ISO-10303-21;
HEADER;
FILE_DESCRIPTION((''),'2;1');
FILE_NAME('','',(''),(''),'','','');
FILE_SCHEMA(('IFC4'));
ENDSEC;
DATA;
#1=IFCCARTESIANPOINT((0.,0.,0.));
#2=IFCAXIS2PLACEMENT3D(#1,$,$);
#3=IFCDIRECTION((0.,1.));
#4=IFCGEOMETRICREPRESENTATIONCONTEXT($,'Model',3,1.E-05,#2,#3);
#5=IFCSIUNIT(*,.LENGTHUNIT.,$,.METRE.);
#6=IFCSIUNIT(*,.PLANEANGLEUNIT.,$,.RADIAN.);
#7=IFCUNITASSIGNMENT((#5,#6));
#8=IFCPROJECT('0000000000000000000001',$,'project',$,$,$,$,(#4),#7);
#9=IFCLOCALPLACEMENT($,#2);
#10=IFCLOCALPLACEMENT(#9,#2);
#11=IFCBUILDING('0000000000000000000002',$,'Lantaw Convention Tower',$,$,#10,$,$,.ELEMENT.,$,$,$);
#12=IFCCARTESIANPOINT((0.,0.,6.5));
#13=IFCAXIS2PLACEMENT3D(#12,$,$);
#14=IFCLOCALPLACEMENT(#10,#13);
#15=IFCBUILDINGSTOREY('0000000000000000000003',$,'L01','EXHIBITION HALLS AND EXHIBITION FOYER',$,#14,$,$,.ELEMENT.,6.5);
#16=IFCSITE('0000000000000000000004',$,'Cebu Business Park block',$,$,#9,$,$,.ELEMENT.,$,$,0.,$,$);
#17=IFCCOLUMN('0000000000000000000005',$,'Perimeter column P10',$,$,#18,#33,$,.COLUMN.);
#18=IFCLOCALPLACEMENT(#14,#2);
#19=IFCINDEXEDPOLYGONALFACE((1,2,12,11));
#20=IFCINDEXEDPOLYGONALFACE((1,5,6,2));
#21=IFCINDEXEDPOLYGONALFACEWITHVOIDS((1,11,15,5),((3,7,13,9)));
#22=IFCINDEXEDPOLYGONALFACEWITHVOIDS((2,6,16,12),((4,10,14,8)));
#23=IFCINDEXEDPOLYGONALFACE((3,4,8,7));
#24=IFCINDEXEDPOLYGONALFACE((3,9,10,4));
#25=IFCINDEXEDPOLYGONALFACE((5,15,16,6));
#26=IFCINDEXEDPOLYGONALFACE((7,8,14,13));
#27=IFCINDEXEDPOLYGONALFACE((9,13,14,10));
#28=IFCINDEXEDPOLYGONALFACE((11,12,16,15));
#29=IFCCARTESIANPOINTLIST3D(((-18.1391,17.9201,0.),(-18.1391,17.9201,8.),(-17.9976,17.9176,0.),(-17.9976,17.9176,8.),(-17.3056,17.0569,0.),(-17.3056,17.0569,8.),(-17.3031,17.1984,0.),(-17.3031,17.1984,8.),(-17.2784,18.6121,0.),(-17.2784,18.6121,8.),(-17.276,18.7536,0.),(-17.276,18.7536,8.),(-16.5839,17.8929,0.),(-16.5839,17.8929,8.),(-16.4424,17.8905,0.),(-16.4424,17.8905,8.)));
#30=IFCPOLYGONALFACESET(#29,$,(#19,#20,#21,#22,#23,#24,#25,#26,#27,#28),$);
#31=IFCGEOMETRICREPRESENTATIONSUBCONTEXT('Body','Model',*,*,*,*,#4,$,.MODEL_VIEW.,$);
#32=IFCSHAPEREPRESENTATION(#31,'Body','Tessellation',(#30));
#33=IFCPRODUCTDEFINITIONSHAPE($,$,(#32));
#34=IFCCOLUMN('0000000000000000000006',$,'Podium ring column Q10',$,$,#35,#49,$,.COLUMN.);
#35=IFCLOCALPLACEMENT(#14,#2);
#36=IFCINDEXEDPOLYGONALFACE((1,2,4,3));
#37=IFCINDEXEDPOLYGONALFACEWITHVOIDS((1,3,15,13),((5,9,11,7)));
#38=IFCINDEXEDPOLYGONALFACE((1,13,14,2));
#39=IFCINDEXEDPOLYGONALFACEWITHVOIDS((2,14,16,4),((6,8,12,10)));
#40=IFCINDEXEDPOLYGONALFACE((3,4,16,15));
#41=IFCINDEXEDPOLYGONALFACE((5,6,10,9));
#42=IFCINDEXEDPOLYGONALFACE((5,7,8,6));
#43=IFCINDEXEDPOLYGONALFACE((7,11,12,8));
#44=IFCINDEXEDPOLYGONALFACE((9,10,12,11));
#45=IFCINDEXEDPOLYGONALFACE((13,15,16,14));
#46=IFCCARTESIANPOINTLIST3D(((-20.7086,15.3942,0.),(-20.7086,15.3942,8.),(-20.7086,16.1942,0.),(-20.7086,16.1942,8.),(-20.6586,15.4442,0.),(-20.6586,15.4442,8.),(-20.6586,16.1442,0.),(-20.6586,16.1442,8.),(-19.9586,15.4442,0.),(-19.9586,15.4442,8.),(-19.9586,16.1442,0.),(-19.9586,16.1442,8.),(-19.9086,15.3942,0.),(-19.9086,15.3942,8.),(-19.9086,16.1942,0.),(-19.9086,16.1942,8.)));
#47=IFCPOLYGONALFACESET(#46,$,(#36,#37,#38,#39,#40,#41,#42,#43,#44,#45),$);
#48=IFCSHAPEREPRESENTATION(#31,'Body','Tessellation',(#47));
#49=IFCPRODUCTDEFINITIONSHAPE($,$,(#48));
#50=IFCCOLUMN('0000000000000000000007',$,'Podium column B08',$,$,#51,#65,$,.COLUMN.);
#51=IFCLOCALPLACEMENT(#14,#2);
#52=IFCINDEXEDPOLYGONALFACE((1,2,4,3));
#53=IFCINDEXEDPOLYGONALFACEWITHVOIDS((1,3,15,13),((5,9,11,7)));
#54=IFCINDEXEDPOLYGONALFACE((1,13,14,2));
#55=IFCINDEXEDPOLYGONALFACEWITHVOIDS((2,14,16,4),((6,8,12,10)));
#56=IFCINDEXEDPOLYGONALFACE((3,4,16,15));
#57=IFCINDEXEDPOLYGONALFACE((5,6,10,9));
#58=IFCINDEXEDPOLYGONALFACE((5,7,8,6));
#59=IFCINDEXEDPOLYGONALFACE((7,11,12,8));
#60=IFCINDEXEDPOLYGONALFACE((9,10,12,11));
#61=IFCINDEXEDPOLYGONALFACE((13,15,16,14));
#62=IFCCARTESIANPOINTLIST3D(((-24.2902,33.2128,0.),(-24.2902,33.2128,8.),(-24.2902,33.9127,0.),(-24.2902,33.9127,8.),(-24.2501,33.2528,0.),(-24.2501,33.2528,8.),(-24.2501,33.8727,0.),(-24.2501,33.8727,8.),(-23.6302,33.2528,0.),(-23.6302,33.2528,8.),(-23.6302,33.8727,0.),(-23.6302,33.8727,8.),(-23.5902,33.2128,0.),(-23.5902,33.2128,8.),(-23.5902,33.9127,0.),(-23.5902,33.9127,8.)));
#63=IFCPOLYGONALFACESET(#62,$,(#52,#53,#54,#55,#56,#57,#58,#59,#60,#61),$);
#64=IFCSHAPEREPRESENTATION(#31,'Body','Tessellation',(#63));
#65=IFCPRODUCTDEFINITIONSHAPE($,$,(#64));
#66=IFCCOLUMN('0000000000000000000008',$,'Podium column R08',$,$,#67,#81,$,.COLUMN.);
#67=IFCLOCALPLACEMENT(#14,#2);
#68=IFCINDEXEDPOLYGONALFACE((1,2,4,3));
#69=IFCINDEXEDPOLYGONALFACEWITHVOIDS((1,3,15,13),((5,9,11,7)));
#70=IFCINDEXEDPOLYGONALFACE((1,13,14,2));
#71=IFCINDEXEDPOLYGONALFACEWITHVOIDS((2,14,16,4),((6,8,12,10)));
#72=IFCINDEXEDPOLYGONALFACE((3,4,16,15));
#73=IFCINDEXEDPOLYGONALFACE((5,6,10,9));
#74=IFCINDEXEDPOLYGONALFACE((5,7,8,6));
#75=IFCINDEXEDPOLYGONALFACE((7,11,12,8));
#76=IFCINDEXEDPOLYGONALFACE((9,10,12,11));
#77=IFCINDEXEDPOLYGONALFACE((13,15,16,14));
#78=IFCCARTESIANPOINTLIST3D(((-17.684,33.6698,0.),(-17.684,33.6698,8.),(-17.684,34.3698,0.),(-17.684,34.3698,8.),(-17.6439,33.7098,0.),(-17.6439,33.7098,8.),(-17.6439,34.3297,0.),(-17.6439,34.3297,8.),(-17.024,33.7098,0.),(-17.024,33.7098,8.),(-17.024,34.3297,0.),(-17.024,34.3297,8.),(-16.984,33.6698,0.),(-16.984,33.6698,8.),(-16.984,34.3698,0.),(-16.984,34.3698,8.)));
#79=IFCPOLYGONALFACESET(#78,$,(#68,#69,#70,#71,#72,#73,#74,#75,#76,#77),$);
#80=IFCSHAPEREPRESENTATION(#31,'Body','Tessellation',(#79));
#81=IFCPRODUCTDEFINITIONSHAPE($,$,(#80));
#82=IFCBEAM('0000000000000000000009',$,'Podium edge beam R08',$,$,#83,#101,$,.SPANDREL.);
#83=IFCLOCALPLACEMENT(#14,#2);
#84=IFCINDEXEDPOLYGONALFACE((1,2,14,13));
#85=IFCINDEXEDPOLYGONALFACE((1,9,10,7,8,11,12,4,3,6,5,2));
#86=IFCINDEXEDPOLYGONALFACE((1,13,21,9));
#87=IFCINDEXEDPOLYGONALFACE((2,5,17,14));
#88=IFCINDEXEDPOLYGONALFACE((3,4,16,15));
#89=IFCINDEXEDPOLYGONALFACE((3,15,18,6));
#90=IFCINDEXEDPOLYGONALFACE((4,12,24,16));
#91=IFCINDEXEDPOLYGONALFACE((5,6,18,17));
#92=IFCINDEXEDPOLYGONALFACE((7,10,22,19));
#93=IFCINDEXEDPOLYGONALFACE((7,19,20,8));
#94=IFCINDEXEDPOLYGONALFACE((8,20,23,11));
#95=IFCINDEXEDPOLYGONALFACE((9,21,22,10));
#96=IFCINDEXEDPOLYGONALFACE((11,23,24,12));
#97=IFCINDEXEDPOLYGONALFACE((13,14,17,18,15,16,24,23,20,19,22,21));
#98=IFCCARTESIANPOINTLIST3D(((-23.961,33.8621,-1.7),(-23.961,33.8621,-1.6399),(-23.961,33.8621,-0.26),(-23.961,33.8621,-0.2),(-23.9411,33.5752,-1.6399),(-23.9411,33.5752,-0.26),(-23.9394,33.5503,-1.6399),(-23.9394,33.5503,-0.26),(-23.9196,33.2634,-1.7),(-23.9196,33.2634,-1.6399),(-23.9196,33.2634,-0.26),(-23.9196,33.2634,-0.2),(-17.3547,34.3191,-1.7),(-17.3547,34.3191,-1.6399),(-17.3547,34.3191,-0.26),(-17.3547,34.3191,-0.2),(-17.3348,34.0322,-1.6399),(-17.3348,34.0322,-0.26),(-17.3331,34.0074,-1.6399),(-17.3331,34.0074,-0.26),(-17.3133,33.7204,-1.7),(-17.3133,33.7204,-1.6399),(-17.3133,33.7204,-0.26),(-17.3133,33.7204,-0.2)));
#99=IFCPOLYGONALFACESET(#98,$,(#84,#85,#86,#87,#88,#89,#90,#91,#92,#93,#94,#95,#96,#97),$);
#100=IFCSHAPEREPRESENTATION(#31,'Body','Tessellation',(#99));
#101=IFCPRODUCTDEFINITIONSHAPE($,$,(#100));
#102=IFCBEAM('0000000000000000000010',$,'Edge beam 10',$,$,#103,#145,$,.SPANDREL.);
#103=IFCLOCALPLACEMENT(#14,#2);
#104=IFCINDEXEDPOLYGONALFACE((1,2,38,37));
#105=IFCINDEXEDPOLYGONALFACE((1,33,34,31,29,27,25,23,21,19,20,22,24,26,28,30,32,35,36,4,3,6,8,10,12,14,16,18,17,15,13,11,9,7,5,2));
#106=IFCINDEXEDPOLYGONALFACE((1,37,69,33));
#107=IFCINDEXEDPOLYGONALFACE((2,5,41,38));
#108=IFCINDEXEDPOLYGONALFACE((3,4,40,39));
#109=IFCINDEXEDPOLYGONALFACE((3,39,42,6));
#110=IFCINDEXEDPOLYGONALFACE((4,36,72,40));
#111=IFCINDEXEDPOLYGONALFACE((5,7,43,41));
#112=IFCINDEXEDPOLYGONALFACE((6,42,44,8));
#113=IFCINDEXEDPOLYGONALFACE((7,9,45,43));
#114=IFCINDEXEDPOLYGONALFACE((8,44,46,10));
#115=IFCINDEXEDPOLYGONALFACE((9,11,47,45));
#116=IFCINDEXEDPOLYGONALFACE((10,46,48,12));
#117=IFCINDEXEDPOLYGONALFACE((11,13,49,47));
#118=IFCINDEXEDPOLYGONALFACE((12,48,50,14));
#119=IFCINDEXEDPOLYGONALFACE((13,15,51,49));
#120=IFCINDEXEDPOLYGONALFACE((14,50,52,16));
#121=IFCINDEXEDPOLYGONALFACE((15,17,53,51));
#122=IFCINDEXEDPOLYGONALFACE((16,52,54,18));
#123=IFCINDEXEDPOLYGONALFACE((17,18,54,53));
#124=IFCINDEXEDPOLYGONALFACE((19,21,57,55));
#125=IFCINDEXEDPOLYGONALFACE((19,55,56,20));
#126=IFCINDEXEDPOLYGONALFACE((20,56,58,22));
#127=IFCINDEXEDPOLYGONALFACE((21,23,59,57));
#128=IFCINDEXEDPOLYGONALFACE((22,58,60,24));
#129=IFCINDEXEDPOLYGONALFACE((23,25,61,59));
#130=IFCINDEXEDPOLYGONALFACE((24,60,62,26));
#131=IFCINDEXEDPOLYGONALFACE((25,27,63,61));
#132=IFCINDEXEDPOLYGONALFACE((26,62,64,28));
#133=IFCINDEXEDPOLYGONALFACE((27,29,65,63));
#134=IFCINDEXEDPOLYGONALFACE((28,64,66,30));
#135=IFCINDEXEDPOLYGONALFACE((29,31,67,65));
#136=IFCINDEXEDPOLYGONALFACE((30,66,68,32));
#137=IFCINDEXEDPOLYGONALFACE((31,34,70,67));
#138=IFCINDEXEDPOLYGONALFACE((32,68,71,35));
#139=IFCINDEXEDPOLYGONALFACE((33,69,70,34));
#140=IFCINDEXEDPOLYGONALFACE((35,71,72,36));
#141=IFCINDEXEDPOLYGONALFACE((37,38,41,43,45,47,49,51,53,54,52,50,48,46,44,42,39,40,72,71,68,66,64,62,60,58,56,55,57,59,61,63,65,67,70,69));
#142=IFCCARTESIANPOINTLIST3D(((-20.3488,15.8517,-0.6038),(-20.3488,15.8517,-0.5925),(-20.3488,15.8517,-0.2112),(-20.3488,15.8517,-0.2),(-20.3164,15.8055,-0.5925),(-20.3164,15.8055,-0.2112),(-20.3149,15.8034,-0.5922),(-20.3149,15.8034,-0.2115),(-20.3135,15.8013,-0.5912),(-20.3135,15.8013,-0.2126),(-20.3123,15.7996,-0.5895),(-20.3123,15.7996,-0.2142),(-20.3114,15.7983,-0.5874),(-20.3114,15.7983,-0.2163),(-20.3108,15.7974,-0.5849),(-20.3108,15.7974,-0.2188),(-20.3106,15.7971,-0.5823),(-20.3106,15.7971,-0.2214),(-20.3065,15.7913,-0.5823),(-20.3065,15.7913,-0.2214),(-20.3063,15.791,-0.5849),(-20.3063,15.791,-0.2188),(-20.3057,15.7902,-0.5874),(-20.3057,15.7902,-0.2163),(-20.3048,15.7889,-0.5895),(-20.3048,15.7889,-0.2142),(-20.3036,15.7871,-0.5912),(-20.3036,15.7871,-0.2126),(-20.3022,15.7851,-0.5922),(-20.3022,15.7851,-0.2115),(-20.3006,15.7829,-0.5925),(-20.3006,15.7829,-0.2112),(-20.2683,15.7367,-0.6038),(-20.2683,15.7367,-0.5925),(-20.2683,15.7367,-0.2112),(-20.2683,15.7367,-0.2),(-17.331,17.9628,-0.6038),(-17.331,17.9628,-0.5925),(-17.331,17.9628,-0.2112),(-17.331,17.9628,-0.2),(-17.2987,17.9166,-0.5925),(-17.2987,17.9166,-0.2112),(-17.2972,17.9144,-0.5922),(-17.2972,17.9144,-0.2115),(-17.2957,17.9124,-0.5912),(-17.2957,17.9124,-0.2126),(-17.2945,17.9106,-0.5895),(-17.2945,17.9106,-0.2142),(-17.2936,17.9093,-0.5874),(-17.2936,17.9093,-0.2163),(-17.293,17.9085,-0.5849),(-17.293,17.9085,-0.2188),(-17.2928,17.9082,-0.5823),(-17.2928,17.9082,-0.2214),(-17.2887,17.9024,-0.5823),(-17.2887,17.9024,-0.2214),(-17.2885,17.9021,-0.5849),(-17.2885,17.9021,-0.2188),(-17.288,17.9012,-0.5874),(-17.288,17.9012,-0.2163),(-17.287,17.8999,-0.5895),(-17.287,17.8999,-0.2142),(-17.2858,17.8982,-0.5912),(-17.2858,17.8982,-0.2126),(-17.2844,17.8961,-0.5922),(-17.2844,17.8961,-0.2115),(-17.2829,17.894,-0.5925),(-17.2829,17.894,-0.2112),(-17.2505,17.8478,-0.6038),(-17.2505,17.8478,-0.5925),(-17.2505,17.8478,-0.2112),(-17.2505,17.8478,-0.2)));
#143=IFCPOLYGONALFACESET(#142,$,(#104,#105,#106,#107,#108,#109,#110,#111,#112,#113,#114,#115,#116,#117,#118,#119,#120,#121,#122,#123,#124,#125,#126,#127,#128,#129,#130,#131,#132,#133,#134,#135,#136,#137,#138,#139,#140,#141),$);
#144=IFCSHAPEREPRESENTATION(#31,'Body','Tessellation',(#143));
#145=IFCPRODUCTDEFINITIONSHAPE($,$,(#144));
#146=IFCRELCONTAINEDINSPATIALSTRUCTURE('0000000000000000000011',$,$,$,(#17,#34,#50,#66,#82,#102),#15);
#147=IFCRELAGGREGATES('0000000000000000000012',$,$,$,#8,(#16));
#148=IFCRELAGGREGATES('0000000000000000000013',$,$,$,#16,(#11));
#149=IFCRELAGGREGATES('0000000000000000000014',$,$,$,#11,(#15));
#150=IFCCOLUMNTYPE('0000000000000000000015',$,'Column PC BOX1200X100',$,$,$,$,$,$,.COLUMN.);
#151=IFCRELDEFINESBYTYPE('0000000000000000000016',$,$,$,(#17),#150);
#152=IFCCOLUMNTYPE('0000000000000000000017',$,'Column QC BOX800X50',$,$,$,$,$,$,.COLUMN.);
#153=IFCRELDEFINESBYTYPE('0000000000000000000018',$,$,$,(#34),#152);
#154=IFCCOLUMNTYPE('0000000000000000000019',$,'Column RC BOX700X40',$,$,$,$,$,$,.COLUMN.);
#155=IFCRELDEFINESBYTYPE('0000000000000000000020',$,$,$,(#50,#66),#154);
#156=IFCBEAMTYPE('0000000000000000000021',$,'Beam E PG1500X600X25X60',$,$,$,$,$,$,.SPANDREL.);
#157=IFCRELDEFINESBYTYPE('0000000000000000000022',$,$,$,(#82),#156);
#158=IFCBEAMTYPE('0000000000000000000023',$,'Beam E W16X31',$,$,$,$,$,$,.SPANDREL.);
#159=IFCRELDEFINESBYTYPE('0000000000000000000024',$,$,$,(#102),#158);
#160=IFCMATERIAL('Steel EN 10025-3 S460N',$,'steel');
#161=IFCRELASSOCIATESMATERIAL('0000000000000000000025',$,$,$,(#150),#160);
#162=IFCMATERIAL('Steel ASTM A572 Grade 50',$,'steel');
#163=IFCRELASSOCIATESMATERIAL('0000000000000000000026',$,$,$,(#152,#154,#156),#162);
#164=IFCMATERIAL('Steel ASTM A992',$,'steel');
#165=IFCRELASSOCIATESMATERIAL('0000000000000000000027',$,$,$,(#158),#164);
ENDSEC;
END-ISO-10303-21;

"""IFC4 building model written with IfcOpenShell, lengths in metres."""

from ifc_helpers import new_model, si_unit, direction, frame, origin, origin_2d, place, context, subcontext, project, spatial, rectangle, hollow_rectangle, i_section, extrude, material, material_profile, profile_set, type_object, element, save


model = new_model("IFC4")

# Units and contexts
model_context = context("Model", 3, precision=1e-05, world=origin(), true_north=direction((0.0, 1.0)))
body_context = subcontext(model_context, "Body", "Model", "MODEL_VIEW")
ifc_project = project(units=[si_unit("LENGTHUNIT", "METRE"), si_unit("PLANEANGLEUNIT", "RADIAN")], contexts=[model_context])

# Site, building, storey
site_placement = place(None, origin())
site = spatial("IfcSite", under=ifc_project, at=site_placement, Name="Cebu Business Park block", CompositionType="ELEMENT", RefElevation=0.0)
building_placement = place(site_placement, origin())
building = spatial("IfcBuilding", under=site, at=building_placement, Name="Lantaw Convention Tower", CompositionType="ELEMENT")
storey_placement = place(building_placement, frame((0.0, 0.0, 6.5)))
storey = spatial("IfcBuildingStorey", under=building, at=storey_placement, Name="L01", Description="EXHIBITION HALLS AND EXHIBITION FOYER", CompositionType="ELEMENT", Elevation=6.5)

# Columns
ifc_material_1 = material(Name="Steel EN 10025-3 S460N", Category="steel")
ifc_material_profile_1 = material_profile(ifc_material_1, hollow_rectangle(XDim=1.2, YDim=1.2, WallThickness=0.1001, at=origin_2d()), Name="BOX1200X100")
ifc_material_2 = material(Name="Concrete C60/75", Category="concrete")
ifc_material_profile_2 = material_profile(ifc_material_2, rectangle(XDim=1.0, YDim=1.0, at=origin_2d()), Name="Concrete fill of BOX1200X100")
ifc_profile_set_1 = profile_set([ifc_material_profile_1, ifc_material_profile_2], Name="Steel EN 10025-3 S460N")
column_type_1 = type_object("IfcColumnType", Name="Column PC BOX1200X100", PredefinedType="COLUMN", material=ifc_profile_set_1)
column_1_placement = place(storey_placement, frame((-17.2908, 17.9053, 0.0), z_axis=(0.0, 0.0, 1.0), x_axis=(0.71934, 0.694658, 0.0)))
element("IfcColumn", 1, at=column_1_placement, inside=storey, type_object=column_type_1, Name="Perimeter column P10", PredefinedType="COLUMN", context=body_context, shape_type="SweptSolid", body=[
    extrude(hollow_rectangle(XDim=1.2, YDim=1.2, WallThickness=0.1001, at=origin_2d()), origin(), (0.0, 0.0, 1.0), 8.0),
])
ifc_material_3 = material(Name="Steel ASTM A572 Grade 50", Category="steel")
ifc_material_profile_3 = material_profile(ifc_material_3, hollow_rectangle(XDim=0.8, YDim=0.8, WallThickness=0.05, at=origin_2d()), Name="BOX800X50")
ifc_profile_set_2 = profile_set([ifc_material_profile_3], Name="Steel ASTM A572 Grade 50")
column_type_2 = type_object("IfcColumnType", Name="Column QC BOX800X50", PredefinedType="COLUMN", material=ifc_profile_set_2)
column_2_placement = place(storey_placement, frame((-20.3086, 15.7942, 0.0), z_axis=(0.0, 0.0, 1.0), x_axis=(1.0, 0.0, 0.0)))
element("IfcColumn", 2, at=column_2_placement, inside=storey, type_object=column_type_2, Name="Podium ring column Q10", PredefinedType="COLUMN", context=body_context, shape_type="SweptSolid", body=[
    extrude(hollow_rectangle(XDim=0.8, YDim=0.8, WallThickness=0.05, at=origin_2d()), origin(), (0.0, 0.0, 1.0), 8.0),
])
ifc_material_profile_4 = material_profile(ifc_material_3, hollow_rectangle(XDim=0.7, YDim=0.7, WallThickness=0.04, at=origin_2d()), Name="BOX700X40")
ifc_profile_set_3 = profile_set([ifc_material_profile_4], Name="Steel ASTM A572 Grade 50")
column_type_3 = type_object("IfcColumnType", Name="Column RC BOX700X40", PredefinedType="COLUMN", material=ifc_profile_set_3)
for number, where, z_axis, x_axis, name in (
    (3, (-23.9402, 33.5627, 0.0), (0.0, 0.0, 1.0), (1.0, 0.0, 0.0), "Podium column B08"),
    (4, (-17.334, 34.0198, 0.0), (0.0, 0.0, 1.0), (1.0, 0.0, 0.0), "Podium column R08"),
):
    element("IfcColumn", number, at=place(storey_placement, frame(where, z_axis=z_axis, x_axis=x_axis)), inside=storey, type_object=column_type_3, Name=name, PredefinedType="COLUMN", context=body_context, shape_type="SweptSolid", body=[
        extrude(hollow_rectangle(XDim=0.7, YDim=0.7, WallThickness=0.04, at=origin_2d()), origin(), (0.0, 0.0, 1.0), 8.0),
    ])

# Beams
ifc_material_profile_5 = material_profile(ifc_material_3, i_section(OverallWidth=0.6001, OverallDepth=1.5, WebThickness=0.0249, FlangeThickness=0.0601, at=origin_2d()), Name="PG1500X600X25X60")
ifc_profile_set_4 = profile_set([ifc_material_profile_5], Name="Steel ASTM A572 Grade 50")
beam_type_1 = type_object("IfcBeamType", Name="Beam E PG1500X600X25X60", PredefinedType="SPANDREL", material=ifc_profile_set_4)
beam_1_placement = place(storey_placement, frame((-17.334, 34.0198, -0.95), z_axis=(-0.997615, -0.069017, 0.0), x_axis=(0.069017, -0.997615, 0.0)))
element("IfcBeam", 5, at=beam_1_placement, inside=storey, type_object=beam_type_1, Name="Podium edge beam R08", PredefinedType="SPANDREL", context=body_context, shape_type="SweptSolid", body=[
    extrude(i_section(OverallWidth=0.6001, OverallDepth=1.5, WebThickness=0.0249, FlangeThickness=0.0601, at=origin_2d()), origin(), (0.0, 0.0, 1.0), 6.6221),
])
ifc_material_4 = material(Name="Steel ASTM A992", Category="steel")
ifc_material_profile_6 = material_profile(ifc_material_4, i_section(OverallWidth=0.1404, OverallDepth=0.4038, WebThickness=0.0071, FlangeThickness=0.0112, FilletRadius=0.0103, at=origin_2d()), Name="W16X31")
ifc_profile_set_5 = profile_set([ifc_material_profile_6], Name="Steel ASTM A992")
beam_type_2 = type_object("IfcBeamType", Name="Beam E W16X31", PredefinedType="SPANDREL", material=ifc_profile_set_5)
beam_2_placement = place(storey_placement, frame((-17.2908, 17.9053, -0.4019), z_axis=(-0.819409, -0.573209, 0.0), x_axis=(0.573209, -0.819409, 0.0)))
element("IfcBeam", 6, at=beam_2_placement, inside=storey, type_object=beam_type_2, Name="Edge beam 10", PredefinedType="SPANDREL", context=body_context, shape_type="SweptSolid", body=[
    extrude(i_section(OverallWidth=0.1404, OverallDepth=0.4038, WebThickness=0.0071, FlangeThickness=0.0112, FilletRadius=0.0103, at=origin_2d()), origin(), (0.0, 0.0, 1.0), 3.6829),
])

save(model, "model.ifc")
